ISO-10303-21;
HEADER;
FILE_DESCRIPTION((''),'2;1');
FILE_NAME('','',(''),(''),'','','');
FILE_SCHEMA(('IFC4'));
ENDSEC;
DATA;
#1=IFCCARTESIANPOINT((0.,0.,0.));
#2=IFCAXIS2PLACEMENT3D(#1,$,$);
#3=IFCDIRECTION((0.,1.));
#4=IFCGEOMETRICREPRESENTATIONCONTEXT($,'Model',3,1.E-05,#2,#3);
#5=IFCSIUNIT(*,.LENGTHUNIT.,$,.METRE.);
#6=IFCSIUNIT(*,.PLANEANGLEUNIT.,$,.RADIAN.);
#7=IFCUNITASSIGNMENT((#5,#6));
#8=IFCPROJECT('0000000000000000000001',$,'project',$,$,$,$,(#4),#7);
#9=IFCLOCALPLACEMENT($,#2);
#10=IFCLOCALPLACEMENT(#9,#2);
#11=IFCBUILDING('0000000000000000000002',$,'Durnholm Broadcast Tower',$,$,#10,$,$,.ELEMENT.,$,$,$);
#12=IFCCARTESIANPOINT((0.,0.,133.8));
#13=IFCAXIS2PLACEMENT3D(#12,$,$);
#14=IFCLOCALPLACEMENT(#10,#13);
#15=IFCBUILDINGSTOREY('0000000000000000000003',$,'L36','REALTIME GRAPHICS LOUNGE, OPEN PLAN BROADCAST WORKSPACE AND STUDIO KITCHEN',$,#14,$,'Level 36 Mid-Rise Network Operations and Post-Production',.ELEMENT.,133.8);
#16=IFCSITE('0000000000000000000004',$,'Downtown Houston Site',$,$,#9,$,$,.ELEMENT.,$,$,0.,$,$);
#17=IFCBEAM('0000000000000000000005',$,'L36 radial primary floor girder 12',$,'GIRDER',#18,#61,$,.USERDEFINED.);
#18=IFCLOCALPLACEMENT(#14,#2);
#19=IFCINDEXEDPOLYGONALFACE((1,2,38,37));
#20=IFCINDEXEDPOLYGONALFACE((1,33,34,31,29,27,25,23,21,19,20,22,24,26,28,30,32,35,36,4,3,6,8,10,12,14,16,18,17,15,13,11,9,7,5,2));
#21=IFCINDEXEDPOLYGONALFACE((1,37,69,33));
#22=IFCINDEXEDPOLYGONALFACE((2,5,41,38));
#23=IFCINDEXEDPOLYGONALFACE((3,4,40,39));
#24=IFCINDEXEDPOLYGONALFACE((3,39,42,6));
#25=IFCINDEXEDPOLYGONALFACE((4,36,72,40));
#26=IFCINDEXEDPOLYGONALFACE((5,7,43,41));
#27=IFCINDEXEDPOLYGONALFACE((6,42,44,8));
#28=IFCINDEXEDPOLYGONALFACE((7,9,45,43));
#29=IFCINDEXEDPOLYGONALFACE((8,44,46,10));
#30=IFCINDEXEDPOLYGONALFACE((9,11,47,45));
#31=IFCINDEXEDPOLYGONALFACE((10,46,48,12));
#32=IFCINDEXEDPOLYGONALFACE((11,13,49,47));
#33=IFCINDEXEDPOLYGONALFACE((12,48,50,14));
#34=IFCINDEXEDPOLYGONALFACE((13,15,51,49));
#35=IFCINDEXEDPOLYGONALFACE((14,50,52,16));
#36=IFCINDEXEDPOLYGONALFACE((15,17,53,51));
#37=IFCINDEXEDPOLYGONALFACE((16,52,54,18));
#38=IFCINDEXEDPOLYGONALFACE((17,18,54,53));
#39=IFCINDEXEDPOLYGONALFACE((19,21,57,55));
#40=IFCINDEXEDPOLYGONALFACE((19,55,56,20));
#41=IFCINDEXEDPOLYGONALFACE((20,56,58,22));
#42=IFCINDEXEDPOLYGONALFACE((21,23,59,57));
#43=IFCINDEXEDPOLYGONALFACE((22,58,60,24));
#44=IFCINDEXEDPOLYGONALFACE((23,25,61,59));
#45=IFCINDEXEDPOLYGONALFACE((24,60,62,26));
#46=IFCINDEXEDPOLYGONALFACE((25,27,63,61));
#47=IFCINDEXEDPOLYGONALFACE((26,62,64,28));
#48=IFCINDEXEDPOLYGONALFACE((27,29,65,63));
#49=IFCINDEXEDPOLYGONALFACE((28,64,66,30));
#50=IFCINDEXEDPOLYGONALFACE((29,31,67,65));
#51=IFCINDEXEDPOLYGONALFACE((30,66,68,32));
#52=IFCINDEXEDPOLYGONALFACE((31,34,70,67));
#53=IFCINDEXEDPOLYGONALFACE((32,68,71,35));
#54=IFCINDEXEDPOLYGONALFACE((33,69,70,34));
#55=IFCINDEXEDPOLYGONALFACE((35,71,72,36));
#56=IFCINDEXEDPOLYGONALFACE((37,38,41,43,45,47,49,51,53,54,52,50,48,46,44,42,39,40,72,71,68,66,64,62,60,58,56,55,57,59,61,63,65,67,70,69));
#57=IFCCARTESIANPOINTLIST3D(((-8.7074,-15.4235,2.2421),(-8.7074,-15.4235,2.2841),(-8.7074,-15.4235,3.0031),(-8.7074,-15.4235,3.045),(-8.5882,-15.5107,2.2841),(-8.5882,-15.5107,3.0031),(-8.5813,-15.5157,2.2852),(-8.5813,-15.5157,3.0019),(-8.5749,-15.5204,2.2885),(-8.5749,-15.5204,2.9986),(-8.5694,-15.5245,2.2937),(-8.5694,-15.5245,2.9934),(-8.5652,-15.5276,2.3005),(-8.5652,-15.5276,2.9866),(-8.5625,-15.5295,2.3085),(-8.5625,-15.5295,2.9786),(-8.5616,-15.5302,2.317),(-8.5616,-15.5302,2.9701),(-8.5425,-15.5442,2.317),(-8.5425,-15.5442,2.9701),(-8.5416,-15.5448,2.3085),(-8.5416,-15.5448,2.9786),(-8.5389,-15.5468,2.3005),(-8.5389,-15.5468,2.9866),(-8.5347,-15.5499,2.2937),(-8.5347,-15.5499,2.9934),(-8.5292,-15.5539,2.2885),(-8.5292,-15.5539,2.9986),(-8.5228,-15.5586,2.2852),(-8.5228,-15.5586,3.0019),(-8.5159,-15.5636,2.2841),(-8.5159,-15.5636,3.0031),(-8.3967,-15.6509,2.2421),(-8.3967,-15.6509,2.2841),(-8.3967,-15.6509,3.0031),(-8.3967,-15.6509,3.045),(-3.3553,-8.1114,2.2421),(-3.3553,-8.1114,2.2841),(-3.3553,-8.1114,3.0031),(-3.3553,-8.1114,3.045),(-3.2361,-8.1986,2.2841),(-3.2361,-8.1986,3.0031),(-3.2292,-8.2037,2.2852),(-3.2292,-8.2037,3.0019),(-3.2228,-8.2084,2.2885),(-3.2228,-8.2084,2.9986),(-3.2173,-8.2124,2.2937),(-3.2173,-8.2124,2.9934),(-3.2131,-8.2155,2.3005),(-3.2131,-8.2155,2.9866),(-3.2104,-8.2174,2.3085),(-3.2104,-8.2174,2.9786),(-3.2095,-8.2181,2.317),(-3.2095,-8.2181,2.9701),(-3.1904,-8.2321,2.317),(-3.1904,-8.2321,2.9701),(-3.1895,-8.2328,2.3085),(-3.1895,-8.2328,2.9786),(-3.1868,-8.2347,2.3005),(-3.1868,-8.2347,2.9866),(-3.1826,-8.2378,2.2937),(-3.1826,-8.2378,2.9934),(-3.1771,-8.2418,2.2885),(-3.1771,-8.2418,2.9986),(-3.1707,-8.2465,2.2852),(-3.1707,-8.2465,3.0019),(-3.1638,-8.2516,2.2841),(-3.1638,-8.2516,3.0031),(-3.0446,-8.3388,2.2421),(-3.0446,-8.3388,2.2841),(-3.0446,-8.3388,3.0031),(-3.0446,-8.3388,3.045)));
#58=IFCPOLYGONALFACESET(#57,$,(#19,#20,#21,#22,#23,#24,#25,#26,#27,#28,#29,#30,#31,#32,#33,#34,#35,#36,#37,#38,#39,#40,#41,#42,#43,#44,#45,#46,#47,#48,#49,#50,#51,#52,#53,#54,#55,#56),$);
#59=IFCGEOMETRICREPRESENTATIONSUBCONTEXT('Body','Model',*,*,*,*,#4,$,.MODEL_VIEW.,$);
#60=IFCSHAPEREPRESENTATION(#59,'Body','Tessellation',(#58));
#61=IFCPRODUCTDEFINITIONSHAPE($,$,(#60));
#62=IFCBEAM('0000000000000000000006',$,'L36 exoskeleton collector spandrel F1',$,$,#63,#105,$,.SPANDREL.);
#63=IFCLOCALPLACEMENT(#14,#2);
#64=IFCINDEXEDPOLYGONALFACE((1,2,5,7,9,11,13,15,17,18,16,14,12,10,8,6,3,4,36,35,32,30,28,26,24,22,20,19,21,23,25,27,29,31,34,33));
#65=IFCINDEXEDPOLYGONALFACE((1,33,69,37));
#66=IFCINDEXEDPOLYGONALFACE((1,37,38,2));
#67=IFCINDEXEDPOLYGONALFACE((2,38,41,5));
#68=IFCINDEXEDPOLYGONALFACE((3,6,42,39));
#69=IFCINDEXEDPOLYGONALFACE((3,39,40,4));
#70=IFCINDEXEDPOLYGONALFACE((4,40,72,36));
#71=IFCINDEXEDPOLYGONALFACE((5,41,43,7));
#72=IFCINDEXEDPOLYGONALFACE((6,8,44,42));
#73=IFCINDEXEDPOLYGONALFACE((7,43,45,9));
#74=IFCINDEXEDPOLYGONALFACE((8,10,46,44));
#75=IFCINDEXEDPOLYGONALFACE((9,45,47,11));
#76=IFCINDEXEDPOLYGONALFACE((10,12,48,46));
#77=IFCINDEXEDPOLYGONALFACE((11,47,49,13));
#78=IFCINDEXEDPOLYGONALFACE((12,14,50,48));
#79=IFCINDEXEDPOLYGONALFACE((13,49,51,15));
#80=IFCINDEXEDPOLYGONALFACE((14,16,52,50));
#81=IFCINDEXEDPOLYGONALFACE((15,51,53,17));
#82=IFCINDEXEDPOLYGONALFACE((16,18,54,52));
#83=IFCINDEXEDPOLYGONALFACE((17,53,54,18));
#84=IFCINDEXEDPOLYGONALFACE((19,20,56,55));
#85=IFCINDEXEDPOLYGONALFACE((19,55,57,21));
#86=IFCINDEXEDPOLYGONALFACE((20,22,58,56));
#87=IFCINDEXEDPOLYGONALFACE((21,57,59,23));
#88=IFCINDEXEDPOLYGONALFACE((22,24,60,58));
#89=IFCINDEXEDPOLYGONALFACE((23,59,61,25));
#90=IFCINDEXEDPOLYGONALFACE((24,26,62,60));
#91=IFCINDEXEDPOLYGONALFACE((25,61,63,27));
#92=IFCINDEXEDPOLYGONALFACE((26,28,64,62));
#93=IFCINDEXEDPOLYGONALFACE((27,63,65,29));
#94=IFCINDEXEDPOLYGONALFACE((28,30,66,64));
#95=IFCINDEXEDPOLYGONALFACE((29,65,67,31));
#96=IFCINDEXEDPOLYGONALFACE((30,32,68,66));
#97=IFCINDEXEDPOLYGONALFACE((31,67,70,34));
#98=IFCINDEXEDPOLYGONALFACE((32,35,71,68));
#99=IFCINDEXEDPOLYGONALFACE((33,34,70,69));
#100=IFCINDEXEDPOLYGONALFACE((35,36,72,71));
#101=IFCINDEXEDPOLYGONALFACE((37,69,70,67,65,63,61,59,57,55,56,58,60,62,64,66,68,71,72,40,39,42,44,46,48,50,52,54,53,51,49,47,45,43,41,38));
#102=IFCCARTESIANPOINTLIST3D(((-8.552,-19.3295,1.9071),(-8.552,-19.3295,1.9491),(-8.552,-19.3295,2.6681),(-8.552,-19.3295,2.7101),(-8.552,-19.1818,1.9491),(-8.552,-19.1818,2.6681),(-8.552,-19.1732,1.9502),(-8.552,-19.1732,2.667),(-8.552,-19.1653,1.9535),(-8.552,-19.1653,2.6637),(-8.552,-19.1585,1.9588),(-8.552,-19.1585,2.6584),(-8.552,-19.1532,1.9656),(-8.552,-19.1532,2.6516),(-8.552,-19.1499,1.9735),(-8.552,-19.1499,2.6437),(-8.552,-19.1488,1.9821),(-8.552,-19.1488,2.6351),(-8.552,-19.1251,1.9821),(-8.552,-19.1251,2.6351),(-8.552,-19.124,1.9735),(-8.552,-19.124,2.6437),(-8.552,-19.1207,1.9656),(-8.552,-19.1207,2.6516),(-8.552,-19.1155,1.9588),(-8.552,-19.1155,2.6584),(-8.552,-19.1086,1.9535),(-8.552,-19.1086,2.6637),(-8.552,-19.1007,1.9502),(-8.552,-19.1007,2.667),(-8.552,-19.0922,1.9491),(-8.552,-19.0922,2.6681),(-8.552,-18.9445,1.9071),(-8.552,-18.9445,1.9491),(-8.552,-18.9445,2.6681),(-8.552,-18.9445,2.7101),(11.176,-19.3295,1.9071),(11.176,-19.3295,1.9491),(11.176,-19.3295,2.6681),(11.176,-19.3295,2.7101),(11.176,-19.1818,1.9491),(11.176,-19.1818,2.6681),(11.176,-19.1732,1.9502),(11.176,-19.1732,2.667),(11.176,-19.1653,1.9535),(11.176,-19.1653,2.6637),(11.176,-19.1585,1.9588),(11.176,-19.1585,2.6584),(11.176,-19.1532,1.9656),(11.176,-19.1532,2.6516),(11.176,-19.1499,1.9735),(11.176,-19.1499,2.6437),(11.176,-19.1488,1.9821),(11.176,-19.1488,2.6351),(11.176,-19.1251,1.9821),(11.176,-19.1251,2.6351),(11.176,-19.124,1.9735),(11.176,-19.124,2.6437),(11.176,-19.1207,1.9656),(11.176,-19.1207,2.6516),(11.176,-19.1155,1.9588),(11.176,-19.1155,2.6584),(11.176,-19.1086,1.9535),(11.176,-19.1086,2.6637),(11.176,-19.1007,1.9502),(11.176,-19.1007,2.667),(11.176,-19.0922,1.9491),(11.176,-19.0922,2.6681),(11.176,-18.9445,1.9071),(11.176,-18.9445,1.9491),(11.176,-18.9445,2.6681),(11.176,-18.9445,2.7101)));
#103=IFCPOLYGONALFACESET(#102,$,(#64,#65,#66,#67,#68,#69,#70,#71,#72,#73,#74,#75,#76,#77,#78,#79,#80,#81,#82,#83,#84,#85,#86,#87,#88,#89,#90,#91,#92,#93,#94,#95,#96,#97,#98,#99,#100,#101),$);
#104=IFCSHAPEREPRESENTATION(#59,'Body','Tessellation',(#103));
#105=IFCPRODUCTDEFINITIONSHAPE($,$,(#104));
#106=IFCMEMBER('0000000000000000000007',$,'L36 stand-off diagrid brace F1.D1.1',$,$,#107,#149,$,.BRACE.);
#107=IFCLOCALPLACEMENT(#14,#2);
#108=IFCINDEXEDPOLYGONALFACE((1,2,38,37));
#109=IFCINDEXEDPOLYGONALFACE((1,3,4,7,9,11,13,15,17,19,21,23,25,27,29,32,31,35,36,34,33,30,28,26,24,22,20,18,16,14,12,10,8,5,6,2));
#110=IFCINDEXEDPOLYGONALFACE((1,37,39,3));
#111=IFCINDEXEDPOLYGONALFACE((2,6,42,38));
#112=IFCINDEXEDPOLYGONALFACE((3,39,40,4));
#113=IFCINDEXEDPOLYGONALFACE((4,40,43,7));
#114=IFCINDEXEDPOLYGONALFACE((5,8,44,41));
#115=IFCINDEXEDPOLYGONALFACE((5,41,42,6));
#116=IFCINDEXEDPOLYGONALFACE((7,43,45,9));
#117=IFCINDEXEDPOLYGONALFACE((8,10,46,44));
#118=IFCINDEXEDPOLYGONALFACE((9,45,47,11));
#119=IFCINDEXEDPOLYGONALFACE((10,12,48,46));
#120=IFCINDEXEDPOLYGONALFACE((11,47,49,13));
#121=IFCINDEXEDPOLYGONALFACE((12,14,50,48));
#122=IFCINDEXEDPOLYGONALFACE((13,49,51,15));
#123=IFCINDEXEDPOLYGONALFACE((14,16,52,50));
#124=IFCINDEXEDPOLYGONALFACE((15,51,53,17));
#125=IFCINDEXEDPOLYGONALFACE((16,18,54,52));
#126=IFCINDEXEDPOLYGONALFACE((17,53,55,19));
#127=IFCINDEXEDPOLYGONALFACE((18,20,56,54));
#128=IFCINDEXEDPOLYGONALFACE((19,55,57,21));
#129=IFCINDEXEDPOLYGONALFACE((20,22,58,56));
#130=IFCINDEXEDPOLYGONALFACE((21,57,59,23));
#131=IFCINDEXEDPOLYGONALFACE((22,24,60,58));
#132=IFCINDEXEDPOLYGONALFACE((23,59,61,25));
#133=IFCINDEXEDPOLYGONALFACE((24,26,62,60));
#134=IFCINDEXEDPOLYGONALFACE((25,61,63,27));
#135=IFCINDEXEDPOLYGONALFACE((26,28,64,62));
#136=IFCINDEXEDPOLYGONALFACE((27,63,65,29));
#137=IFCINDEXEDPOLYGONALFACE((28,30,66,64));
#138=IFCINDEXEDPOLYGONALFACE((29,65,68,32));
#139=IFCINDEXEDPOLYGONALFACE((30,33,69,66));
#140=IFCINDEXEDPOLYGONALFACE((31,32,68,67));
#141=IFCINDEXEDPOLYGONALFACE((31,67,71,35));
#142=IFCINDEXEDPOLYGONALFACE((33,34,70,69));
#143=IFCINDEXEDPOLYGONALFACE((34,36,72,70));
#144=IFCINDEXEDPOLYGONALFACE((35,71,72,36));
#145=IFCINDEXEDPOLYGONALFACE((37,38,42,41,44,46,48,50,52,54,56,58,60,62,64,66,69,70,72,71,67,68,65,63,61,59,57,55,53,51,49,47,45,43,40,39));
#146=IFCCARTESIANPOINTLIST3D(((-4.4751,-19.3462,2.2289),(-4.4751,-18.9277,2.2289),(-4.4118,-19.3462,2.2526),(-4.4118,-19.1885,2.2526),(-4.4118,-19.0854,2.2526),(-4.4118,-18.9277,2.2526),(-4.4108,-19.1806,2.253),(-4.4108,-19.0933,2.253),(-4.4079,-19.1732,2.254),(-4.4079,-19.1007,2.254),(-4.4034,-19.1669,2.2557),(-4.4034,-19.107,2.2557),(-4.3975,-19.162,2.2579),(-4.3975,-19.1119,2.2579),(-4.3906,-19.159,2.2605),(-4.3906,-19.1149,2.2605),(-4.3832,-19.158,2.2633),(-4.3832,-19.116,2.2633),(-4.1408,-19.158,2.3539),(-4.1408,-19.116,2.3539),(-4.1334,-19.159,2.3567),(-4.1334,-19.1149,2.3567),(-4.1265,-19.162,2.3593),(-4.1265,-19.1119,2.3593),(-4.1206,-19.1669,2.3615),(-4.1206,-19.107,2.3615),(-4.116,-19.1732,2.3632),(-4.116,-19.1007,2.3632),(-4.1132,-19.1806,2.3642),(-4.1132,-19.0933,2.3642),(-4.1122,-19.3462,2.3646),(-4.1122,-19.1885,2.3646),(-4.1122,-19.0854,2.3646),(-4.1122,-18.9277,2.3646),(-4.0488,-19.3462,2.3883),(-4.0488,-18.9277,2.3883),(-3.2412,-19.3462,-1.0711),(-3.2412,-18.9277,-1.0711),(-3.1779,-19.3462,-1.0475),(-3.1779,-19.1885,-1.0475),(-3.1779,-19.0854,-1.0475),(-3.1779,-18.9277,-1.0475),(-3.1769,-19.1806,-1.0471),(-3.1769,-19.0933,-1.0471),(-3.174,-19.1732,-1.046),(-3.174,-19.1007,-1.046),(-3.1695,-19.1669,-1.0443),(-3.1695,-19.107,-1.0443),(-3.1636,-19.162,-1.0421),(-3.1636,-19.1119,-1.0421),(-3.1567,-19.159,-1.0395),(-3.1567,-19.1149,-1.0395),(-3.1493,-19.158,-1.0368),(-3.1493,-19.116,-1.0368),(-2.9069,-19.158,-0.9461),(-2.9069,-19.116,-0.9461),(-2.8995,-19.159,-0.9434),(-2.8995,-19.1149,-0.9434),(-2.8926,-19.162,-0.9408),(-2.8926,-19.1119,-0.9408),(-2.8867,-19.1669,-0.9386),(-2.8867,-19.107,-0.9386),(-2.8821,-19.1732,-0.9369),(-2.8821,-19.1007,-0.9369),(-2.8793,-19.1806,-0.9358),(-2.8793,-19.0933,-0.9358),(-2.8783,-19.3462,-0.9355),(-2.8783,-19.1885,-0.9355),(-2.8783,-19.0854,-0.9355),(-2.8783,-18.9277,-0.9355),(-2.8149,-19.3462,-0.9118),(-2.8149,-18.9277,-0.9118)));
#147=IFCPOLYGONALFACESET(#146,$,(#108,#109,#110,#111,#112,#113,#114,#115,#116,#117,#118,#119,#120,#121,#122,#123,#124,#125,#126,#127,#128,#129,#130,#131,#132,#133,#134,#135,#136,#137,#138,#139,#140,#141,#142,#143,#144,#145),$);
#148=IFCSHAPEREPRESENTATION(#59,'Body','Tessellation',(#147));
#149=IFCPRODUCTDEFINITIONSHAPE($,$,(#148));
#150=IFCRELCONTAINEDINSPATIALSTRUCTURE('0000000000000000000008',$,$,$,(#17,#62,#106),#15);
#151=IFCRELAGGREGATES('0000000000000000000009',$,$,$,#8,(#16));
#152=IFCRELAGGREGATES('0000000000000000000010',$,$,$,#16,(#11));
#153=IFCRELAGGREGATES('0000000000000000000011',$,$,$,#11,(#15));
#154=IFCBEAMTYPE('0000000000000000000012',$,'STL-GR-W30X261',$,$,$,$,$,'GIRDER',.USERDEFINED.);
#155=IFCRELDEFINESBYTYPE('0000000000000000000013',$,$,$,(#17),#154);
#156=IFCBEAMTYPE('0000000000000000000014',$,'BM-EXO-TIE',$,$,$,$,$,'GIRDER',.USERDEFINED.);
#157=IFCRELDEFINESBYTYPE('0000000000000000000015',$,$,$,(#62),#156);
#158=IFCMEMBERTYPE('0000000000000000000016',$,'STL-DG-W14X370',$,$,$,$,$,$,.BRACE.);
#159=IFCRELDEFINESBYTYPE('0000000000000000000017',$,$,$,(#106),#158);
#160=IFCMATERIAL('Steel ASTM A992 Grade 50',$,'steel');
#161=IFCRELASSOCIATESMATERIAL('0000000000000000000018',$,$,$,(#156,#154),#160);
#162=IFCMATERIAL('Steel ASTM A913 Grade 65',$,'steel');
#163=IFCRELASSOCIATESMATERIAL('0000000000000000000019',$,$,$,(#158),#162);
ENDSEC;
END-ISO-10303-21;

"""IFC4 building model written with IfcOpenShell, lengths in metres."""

from ifc_helpers import new_model, si_unit, direction, frame, origin, origin_2d, place, context, subcontext, project, spatial, i_section, extrude, source, transform, mapped, material, material_profile, profile_set, type_object, type_shapes, element, save


model = new_model("IFC4")

# Units and contexts
model_context = context("Model", 3, precision=1e-05, world=origin(), true_north=direction((0.0, 1.0)))
body_context = subcontext(model_context, "Body", "Model", "MODEL_VIEW")
ifc_project = project(units=[si_unit("LENGTHUNIT", "METRE"), si_unit("PLANEANGLEUNIT", "RADIAN")], contexts=[model_context])

# Site, building, storey
site_placement = place(None, origin())
site = spatial("IfcSite", under=ifc_project, at=site_placement, Name="Downtown Houston Site", CompositionType="ELEMENT", RefElevation=0.0)
building_placement = place(site_placement, origin())
building = spatial("IfcBuilding", under=site, at=building_placement, Name="Durnholm Broadcast Tower", CompositionType="ELEMENT")
storey_placement = place(building_placement, frame((0.0, 0.0, 133.8)))
storey = spatial("IfcBuildingStorey", under=building, at=storey_placement, Name="L36", Description="REALTIME GRAPHICS LOUNGE, OPEN PLAN BROADCAST WORKSPACE AND STUDIO KITCHEN", LongName="Level 36 Mid-Rise Network Operations and Post-Production", CompositionType="ELEMENT", Elevation=133.8)

# Beams
ifc_material_1 = material(Name="Steel ASTM A992 Grade 50", Category="steel")
ifc_material_profile_1 = material_profile(ifc_material_1, i_section(OverallWidth=0.385, OverallDepth=0.803, WebThickness=0.0237, FlangeThickness=0.042, FilletRadius=0.033, at=origin_2d()), Name="W30X261")
ifc_profile_set_1 = profile_set([ifc_material_profile_1], Name="Steel ASTM A992 Grade 50")
beam_type_1 = type_object("IfcBeamType", Name="BM-EXO-TIE", ElementType="GIRDER", PredefinedType="USERDEFINED", material=ifc_profile_set_1)
ifc_material_profile_2 = material_profile(ifc_material_1, i_section(OverallWidth=0.385, OverallDepth=0.803, WebThickness=0.0237, FlangeThickness=0.042, FilletRadius=0.033, at=origin_2d()), Name="W30X261")
ifc_profile_set_2 = profile_set([ifc_material_profile_2], Name="Steel ASTM A992 Grade 50")
beam_type_2 = type_object("IfcBeamType", Name="STL-GR-W30X261", ElementType="GIRDER", PredefinedType="USERDEFINED", material=ifc_profile_set_2)
shared_shape_1 = source(origin(), body_context, "Body", "SweptSolid", [
    extrude(i_section(OverallWidth=0.385, OverallDepth=0.803, WebThickness=0.0237, FlangeThickness=0.042, FilletRadius=0.033, at=origin_2d()), origin(), (0.0, 0.0, 1.0), 9.0615),
])
beam_1_placement = place(storey_placement, frame((-3.2, -8.2251, 2.6436), z_axis=(-0.590639, -0.806936, 0.0), x_axis=(0.806936, -0.590639, 0.0)))
element("IfcBeam", 1, at=beam_1_placement, inside=storey, type_object=beam_type_2, Name="L36 radial primary floor girder 12", ObjectType="GIRDER", PredefinedType="USERDEFINED", context=body_context, shape_type="MappedRepresentation", body=[
    mapped(shared_shape_1, transform((0.0, 0.0, 0.0), x_axis=(1.0, 0.0, 0.0), y_axis=(0.0, 1.0, 0.0), z_axis=(0.0, 0.0, 1.0), scale=1.0)),
])
shared_shape_2 = source(origin(), body_context, "Body", "SweptSolid", [
    extrude(i_section(OverallWidth=0.385, OverallDepth=0.803, WebThickness=0.0237, FlangeThickness=0.042, FilletRadius=0.033, at=origin_2d()), origin(), (0.0, 0.0, 1.0), 19.728),
])
beam_2_placement = place(storey_placement, frame((-8.552, -19.137, 2.3086), z_axis=(1.0, 0.0, 0.0), x_axis=(0.0, 1.0, 0.0)))
element("IfcBeam", 2, at=beam_2_placement, inside=storey, type_object=beam_type_1, Name="L36 exoskeleton collector spandrel F1", PredefinedType="SPANDREL", context=body_context, shape_type="MappedRepresentation", body=[
    mapped(shared_shape_2, transform((0.0, 0.0, 0.0), x_axis=(1.0, 0.0, 0.0), y_axis=(0.0, 1.0, 0.0), z_axis=(0.0, 0.0, 1.0), scale=1.0)),
])

# Member
ifc_material_2 = material(Name="Steel ASTM A913 Grade 65", Category="steel")
ifc_material_profile_3 = material_profile(ifc_material_2, i_section(OverallWidth=0.4185, OverallDepth=0.4551, WebThickness=0.042, FlangeThickness=0.0676, FilletRadius=0.0305, at=origin_2d()), Name="W14X370")
ifc_profile_set_3 = profile_set([ifc_material_profile_3], Name="Steel ASTM A913 Grade 65")
member_type_1 = type_object("IfcMemberType", Name="STL-DG-W14X370", PredefinedType="BRACE", material=ifc_profile_set_3)
shared_shape_3 = source(origin(), body_context, "Body", "SweptSolid", [
    extrude(i_section(OverallWidth=0.4185, OverallDepth=0.4551, WebThickness=0.042, FlangeThickness=0.0676, FilletRadius=0.0305, at=origin_2d()), origin(), (0.0, 0.0, 1.0), 3.5232),
])
type_shapes(member_type_1, [shared_shape_3])
for number, where, z_axis, x_axis, name in (
    (3, (-3.0281, -19.137, -0.9915), (-0.35022, 0.0, 0.936668), (0.0, -1.0, 0.0), "L36 stand-off diagrid brace F1.D1.1"),
):
    element("IfcMember", number, at=place(storey_placement, frame(where, z_axis=z_axis, x_axis=x_axis)), inside=storey, type_object=member_type_1, Name=name, PredefinedType="BRACE", context=body_context, shape_type="MappedRepresentation", body=[
        mapped(shared_shape_3, transform((0.0, 0.0, 0.0), x_axis=(1.0, 0.0, 0.0), y_axis=(0.0, 1.0, 0.0), z_axis=(0.0, 0.0, 1.0), scale=1.0)),
    ])

save(model, "model.ifc")
